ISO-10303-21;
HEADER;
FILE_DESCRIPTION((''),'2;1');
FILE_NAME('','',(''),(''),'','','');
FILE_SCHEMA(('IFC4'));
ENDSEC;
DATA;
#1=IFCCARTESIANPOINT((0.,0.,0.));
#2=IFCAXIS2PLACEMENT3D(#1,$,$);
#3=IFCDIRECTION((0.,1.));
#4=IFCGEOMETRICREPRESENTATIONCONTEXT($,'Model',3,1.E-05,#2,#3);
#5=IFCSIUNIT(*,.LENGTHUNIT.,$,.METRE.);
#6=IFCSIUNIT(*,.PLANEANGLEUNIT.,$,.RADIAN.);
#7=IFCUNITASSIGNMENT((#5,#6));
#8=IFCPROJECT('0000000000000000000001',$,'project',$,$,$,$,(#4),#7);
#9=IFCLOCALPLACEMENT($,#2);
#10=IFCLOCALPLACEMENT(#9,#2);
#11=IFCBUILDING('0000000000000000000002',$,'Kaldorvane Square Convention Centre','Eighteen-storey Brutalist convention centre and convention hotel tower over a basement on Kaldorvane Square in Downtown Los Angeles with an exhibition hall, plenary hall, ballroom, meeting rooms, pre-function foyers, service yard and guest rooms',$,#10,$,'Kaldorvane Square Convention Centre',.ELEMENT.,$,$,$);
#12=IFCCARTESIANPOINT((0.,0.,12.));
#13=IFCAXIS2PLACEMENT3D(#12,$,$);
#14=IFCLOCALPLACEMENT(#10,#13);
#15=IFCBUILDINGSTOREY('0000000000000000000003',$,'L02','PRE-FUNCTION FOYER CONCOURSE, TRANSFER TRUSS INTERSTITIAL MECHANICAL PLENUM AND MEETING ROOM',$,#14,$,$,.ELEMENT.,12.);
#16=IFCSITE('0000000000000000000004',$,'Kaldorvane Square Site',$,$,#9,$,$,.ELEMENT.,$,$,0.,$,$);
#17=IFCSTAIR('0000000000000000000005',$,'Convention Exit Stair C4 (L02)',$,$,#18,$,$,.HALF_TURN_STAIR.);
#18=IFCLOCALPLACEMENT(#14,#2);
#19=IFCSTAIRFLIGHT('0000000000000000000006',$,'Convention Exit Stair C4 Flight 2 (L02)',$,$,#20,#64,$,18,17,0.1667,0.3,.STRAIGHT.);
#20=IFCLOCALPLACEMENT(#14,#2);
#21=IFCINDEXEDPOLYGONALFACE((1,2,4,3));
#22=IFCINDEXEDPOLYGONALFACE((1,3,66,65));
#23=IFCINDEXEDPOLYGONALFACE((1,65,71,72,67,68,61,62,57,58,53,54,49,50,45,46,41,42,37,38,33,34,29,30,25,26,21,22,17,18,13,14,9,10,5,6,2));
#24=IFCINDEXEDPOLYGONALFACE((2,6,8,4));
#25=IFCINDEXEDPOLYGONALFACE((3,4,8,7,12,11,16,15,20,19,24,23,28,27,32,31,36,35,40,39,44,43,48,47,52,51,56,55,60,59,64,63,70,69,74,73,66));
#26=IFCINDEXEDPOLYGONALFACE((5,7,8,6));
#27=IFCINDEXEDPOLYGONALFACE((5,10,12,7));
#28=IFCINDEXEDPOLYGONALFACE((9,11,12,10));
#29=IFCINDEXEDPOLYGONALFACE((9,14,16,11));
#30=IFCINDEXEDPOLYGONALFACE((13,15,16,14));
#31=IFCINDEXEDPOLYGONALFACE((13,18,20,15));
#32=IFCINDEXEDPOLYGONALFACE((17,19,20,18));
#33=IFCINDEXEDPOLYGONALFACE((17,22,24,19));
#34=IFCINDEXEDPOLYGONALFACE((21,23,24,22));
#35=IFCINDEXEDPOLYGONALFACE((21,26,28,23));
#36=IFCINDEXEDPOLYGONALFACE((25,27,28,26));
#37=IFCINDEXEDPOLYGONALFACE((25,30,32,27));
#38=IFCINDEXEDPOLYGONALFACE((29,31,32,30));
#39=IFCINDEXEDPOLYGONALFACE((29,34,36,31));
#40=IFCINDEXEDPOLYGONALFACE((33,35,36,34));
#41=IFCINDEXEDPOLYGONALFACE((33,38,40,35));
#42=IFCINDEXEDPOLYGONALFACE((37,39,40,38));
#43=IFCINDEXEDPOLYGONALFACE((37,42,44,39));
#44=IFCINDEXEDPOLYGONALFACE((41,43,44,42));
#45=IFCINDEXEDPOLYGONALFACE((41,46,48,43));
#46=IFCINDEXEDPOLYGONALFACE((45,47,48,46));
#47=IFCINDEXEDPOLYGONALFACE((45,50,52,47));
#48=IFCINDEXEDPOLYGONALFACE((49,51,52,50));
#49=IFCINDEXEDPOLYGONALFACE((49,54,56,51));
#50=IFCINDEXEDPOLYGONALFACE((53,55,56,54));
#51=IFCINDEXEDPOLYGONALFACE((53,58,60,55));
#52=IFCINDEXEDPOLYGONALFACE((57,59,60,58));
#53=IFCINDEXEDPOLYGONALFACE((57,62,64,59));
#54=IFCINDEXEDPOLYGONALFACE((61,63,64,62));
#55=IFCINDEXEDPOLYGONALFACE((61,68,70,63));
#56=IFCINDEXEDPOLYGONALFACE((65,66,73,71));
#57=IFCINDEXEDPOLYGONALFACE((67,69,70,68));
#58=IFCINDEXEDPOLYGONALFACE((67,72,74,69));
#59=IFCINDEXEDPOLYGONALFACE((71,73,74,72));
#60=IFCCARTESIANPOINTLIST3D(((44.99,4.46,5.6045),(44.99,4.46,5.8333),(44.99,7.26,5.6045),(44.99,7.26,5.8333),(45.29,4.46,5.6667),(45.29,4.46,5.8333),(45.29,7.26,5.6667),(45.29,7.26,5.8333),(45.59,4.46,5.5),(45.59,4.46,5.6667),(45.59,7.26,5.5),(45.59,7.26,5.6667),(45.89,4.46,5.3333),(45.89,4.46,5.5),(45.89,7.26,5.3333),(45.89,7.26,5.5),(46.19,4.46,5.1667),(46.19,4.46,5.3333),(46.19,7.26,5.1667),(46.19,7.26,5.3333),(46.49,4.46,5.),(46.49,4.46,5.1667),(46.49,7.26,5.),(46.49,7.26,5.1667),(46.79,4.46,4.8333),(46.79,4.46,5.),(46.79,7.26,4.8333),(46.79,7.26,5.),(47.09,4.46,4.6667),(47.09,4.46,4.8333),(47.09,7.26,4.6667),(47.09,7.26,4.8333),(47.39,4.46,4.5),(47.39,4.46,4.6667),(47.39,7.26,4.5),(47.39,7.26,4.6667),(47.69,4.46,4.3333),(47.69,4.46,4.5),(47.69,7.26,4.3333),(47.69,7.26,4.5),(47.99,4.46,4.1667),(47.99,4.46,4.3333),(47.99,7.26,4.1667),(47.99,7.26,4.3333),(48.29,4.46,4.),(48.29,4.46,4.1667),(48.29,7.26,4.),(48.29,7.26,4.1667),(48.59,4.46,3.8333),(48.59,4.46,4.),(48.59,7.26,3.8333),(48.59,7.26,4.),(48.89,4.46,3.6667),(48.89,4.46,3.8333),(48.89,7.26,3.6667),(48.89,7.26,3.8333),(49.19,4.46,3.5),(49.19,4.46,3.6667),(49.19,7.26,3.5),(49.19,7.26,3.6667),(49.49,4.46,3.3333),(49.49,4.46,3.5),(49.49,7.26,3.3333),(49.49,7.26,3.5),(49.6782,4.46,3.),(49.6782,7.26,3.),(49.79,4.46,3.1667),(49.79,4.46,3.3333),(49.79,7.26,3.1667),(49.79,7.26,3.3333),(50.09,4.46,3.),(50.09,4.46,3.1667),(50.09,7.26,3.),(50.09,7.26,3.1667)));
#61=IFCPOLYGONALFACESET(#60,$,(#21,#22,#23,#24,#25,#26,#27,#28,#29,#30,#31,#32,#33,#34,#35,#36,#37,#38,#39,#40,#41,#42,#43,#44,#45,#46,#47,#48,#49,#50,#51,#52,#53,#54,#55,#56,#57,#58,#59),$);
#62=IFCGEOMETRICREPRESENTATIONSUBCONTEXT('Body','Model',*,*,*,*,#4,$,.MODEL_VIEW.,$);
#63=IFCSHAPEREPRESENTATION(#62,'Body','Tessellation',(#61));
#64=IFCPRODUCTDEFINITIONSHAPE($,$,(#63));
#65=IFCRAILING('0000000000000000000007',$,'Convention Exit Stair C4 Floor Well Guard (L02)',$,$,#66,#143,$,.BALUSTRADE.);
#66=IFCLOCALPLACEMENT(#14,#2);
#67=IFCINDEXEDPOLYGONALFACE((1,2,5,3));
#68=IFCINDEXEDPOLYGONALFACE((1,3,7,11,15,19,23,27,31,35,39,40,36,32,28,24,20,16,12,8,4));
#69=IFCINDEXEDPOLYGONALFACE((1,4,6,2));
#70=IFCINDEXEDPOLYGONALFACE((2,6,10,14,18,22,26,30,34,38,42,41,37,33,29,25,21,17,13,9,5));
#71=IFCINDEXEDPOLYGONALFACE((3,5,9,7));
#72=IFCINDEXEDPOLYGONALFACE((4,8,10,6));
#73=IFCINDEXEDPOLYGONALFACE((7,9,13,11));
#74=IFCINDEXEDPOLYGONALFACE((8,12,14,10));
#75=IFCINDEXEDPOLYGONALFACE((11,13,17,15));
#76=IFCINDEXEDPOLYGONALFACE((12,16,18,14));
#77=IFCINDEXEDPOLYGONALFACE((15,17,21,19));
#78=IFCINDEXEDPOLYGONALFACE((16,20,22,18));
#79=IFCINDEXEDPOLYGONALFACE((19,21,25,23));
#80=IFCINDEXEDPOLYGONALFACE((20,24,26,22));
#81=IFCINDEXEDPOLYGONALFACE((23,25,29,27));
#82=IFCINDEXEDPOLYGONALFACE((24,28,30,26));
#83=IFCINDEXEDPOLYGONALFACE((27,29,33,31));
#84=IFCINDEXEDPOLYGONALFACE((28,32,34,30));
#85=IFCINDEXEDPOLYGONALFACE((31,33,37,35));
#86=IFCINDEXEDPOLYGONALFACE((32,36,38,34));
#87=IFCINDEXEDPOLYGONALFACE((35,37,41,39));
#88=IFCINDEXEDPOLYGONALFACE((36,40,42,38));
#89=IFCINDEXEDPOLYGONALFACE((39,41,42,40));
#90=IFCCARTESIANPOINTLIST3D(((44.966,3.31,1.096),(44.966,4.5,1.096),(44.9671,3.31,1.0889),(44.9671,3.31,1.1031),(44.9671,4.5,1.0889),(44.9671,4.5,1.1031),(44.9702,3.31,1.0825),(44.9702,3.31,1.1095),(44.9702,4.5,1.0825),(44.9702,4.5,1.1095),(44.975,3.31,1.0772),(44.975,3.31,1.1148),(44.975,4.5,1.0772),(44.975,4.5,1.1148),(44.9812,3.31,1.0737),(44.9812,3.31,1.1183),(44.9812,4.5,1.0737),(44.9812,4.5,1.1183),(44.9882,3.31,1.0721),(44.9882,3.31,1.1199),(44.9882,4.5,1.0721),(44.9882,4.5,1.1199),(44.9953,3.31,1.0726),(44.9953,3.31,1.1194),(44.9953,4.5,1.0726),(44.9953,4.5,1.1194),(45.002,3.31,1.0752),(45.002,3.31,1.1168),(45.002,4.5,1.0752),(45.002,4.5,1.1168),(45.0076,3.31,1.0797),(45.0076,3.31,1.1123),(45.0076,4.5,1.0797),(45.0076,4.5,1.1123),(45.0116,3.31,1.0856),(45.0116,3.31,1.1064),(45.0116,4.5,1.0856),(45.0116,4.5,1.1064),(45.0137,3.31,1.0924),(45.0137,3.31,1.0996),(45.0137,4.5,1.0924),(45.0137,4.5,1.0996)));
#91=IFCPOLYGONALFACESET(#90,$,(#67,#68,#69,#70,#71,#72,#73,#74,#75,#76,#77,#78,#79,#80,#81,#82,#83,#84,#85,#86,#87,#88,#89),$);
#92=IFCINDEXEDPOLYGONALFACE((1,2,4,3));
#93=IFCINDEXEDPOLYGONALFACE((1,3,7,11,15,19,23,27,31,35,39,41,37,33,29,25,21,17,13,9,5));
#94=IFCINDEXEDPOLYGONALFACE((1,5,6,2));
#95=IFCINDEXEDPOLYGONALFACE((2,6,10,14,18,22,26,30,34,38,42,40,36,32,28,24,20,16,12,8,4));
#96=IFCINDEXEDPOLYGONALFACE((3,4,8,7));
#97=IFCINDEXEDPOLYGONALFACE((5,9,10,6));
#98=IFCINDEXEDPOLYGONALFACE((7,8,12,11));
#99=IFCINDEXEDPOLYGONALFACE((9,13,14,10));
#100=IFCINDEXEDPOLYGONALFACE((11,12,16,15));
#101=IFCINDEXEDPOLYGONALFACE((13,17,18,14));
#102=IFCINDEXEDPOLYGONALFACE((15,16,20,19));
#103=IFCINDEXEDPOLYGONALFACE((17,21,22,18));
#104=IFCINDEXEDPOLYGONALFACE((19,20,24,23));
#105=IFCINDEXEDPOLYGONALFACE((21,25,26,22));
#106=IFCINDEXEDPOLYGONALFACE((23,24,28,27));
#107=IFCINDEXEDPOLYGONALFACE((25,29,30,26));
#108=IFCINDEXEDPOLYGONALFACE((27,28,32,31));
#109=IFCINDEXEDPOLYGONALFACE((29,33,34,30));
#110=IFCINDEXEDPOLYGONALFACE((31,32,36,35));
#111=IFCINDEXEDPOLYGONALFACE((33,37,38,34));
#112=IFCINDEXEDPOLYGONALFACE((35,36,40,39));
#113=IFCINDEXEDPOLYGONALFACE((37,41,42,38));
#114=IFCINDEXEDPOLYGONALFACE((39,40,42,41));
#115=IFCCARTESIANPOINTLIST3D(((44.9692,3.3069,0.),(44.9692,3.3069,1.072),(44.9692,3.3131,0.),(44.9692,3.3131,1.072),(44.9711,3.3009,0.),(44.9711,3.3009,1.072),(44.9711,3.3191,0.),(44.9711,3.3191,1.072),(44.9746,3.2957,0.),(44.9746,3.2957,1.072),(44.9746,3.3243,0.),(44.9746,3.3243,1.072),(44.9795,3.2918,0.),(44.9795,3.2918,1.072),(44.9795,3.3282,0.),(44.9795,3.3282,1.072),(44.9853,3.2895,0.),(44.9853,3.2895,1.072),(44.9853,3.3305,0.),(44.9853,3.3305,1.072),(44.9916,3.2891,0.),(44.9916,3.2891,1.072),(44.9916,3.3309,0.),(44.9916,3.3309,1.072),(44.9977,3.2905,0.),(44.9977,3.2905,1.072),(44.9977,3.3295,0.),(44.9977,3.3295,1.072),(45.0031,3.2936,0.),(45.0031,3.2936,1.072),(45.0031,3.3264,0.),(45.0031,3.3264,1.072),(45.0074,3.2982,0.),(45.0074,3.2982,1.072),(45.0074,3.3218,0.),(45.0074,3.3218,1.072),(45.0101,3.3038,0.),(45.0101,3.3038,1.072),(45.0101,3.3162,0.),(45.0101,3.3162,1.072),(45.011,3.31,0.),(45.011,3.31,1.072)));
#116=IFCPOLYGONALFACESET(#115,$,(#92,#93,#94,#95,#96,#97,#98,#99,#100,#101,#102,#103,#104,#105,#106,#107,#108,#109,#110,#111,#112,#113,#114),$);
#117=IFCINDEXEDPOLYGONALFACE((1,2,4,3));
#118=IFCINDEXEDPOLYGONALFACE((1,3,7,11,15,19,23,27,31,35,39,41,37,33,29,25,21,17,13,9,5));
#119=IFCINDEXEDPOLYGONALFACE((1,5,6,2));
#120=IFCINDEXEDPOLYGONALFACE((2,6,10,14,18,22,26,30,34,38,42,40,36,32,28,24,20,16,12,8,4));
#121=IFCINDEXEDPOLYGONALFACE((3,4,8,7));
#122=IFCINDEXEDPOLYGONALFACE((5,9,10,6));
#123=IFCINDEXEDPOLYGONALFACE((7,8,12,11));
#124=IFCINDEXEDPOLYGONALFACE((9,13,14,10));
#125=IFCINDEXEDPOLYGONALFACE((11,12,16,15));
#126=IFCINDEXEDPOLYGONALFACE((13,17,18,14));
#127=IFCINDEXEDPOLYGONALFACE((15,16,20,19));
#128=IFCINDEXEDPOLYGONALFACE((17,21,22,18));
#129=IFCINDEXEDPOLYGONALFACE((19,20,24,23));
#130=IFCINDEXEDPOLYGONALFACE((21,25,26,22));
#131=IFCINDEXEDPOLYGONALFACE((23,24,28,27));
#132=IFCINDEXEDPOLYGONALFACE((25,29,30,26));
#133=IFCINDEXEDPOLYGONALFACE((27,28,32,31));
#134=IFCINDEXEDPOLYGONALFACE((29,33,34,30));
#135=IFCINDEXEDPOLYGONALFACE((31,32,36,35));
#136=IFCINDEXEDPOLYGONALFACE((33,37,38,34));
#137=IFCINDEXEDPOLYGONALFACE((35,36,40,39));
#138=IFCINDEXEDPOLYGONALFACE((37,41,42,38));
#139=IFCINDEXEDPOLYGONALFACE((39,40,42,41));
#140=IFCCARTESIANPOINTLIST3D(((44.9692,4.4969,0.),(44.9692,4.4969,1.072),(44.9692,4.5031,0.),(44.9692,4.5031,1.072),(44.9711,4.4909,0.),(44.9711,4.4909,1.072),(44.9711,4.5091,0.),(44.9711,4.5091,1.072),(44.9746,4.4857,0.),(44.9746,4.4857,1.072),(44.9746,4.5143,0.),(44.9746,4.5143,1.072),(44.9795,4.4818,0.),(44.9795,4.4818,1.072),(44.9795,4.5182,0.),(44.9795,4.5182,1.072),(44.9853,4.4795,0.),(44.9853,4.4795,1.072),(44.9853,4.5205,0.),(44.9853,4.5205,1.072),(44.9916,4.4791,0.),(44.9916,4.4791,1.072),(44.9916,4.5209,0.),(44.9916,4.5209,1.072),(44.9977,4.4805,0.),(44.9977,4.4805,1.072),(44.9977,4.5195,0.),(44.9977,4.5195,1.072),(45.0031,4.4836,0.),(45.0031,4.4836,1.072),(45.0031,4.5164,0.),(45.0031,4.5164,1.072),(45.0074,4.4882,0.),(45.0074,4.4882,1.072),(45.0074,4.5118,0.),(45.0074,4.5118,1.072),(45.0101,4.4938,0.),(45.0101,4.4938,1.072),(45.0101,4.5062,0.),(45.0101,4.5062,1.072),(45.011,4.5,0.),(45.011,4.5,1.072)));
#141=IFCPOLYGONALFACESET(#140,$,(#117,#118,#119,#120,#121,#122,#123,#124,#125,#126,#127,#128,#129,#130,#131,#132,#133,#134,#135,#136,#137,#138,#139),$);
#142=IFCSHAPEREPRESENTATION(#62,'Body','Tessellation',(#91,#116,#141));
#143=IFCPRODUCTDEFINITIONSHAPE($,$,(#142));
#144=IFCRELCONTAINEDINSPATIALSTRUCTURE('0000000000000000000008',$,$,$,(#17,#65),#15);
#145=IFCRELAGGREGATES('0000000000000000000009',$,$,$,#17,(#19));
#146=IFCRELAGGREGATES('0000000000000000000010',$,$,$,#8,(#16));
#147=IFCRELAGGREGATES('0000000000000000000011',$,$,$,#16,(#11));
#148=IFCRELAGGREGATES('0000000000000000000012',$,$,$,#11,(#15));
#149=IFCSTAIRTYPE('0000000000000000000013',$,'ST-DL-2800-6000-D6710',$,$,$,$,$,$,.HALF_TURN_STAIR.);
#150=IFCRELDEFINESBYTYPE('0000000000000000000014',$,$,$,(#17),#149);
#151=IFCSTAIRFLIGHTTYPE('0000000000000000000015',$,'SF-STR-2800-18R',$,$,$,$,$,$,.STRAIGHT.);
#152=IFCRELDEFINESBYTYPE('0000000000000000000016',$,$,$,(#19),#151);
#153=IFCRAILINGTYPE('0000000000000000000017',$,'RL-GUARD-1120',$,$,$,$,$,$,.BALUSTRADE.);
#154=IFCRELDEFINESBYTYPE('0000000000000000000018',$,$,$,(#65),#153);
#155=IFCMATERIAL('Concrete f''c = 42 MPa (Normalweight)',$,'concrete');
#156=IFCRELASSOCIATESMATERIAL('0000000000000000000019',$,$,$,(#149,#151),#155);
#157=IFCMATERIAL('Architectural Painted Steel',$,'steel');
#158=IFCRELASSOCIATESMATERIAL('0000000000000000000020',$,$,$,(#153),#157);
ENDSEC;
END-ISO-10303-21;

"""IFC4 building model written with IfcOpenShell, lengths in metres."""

from ifc_helpers import new_model, si_unit, direction, frame, origin, origin_2d, place, context, subcontext, project, spatial, polyline, circle, outline, extrude, material, type_object, element, aggregate, save


model = new_model("IFC4")

# Units and contexts
model_context = context("Model", 3, precision=1e-05, world=origin(), true_north=direction((0.0, 1.0)))
body_context = subcontext(model_context, "Body", "Model", "MODEL_VIEW")
ifc_project = project(units=[si_unit("LENGTHUNIT", "METRE"), si_unit("PLANEANGLEUNIT", "RADIAN")], contexts=[model_context])

# Site, building, storey
site_placement = place(None, origin())
site = spatial("IfcSite", under=ifc_project, at=site_placement, Name="Kaldorvane Square Site", CompositionType="ELEMENT", RefElevation=0.0)
building_placement = place(site_placement, origin())
building = spatial("IfcBuilding", under=site, at=building_placement, Name="Kaldorvane Square Convention Centre", Description="Eighteen-storey Brutalist convention centre and convention hotel tower over a basement on Kaldorvane Square in Downtown Los Angeles with an exhibition hall, plenary hall, ballroom, meeting rooms, pre-function foyers, service yard and guest rooms", LongName="Kaldorvane Square Convention Centre", CompositionType="ELEMENT")
storey_placement = place(building_placement, frame((0.0, 0.0, 12.0)))
storey = spatial("IfcBuildingStorey", under=building, at=storey_placement, Name="L02", Description="PRE-FUNCTION FOYER CONCOURSE, TRANSFER TRUSS INTERSTITIAL MECHANICAL PLENUM AND MEETING ROOM", CompositionType="ELEMENT", Elevation=12.0)

# Stair, stair flight
ifc_material_1 = material(Name="Concrete f'c = 42 MPa (Normalweight)", Category="concrete")
stair_type = type_object("IfcStairType", Name="ST-DL-2800-6000-D6710", PredefinedType="HALF_TURN_STAIR", material=ifc_material_1)
stair_placement = place(storey_placement, origin())
stair = element("IfcStair", 1, at=stair_placement, inside=storey, type_object=stair_type, Name="Convention Exit Stair C4 (L02)", PredefinedType="HALF_TURN_STAIR")
stair_flight_type = type_object("IfcStairFlightType", Name="SF-STR-2800-18R", PredefinedType="STRAIGHT", material=ifc_material_1)
stair_flight_1_placement = place(storey_placement, frame((50.09, 5.86, 3.0), z_axis=(0.0, 0.0, 1.0), x_axis=(-1.0, 0.0, 0.0)))
stair_flight_1 = element("IfcStairFlight", 2, at=stair_flight_1_placement, type_object=stair_flight_type, Name="Convention Exit Stair C4 Flight 2 (L02)", NumberOfRisers=18, NumberOfTreads=17, PredefinedType="STRAIGHT", RiserHeight=0.1667, TreadLength=0.3, context=body_context, shape_type="SweptSolid", body=[
    extrude(outline(polyline([(0.0, 0.0), (0.0, 0.1667), (0.3, 0.1667), (0.3, 0.3333), (0.6, 0.3333), (0.6, 0.5), (0.9, 0.5), (0.9, 0.6667), (1.2, 0.6667), (1.2, 0.8333), (1.5, 0.8333), (1.5, 1.0), (1.8, 1.0), (1.8, 1.1667), (2.1, 1.1667), (2.1, 1.3333), (2.4, 1.3333), (2.4, 1.5), (2.7, 1.5), (2.7, 1.6667), (3.0, 1.6667), (3.0, 1.8333), (3.3, 1.8333), (3.3, 2.0), (3.6, 2.0), (3.6, 2.1667), (3.9, 2.1667), (3.9, 2.3333), (4.2, 2.3333), (4.2, 2.5), (4.5, 2.5), (4.5, 2.6667), (4.8, 2.6667), (4.8, 2.8333), (5.1, 2.8333), (5.1, 3.0), (5.1, 2.6045), (0.4118, 0.0), (0.0, 0.0)])), frame((0.0, 1.4, 0.0), z_axis=(0.0, -1.0, 0.0), x_axis=(1.0, 0.0, 0.0)), (0.0, 0.0, 1.0), 2.8),
])
aggregate(stair, [stair_flight_1])

# Railing
ifc_material_2 = material(Name="Architectural Painted Steel", Category="steel")
railing_type_1 = type_object("IfcRailingType", Name="RL-GUARD-1120", PredefinedType="BALUSTRADE", material=ifc_material_2)
for number, where, name in (
    (3, (44.99, 3.31, 0.0), "Convention Exit Stair C4 Floor Well Guard (L02)"),
):
    element("IfcRailing", number, at=place(storey_placement, frame(where)), inside=storey, type_object=railing_type_1, Name=name, PredefinedType="BALUSTRADE", context=body_context, shape_type="SweptSolid", body=[
        extrude(circle(Radius=0.024, at=origin_2d()), frame((0.0, 0.0, 1.096), z_axis=(0.0, 1.0, 0.0), x_axis=(-1.0, 0.0, 0.0)), (0.0, 0.0, 1.0), 1.19),
        extrude(circle(Radius=0.021, at=origin_2d()), origin(), (0.0, 0.0, 1.0), 1.072),
        extrude(circle(Radius=0.021, at=origin_2d()), frame((0.0, 1.19, 0.0)), (0.0, 0.0, 1.0), 1.072),
    ])

save(model, "model.ifc")
